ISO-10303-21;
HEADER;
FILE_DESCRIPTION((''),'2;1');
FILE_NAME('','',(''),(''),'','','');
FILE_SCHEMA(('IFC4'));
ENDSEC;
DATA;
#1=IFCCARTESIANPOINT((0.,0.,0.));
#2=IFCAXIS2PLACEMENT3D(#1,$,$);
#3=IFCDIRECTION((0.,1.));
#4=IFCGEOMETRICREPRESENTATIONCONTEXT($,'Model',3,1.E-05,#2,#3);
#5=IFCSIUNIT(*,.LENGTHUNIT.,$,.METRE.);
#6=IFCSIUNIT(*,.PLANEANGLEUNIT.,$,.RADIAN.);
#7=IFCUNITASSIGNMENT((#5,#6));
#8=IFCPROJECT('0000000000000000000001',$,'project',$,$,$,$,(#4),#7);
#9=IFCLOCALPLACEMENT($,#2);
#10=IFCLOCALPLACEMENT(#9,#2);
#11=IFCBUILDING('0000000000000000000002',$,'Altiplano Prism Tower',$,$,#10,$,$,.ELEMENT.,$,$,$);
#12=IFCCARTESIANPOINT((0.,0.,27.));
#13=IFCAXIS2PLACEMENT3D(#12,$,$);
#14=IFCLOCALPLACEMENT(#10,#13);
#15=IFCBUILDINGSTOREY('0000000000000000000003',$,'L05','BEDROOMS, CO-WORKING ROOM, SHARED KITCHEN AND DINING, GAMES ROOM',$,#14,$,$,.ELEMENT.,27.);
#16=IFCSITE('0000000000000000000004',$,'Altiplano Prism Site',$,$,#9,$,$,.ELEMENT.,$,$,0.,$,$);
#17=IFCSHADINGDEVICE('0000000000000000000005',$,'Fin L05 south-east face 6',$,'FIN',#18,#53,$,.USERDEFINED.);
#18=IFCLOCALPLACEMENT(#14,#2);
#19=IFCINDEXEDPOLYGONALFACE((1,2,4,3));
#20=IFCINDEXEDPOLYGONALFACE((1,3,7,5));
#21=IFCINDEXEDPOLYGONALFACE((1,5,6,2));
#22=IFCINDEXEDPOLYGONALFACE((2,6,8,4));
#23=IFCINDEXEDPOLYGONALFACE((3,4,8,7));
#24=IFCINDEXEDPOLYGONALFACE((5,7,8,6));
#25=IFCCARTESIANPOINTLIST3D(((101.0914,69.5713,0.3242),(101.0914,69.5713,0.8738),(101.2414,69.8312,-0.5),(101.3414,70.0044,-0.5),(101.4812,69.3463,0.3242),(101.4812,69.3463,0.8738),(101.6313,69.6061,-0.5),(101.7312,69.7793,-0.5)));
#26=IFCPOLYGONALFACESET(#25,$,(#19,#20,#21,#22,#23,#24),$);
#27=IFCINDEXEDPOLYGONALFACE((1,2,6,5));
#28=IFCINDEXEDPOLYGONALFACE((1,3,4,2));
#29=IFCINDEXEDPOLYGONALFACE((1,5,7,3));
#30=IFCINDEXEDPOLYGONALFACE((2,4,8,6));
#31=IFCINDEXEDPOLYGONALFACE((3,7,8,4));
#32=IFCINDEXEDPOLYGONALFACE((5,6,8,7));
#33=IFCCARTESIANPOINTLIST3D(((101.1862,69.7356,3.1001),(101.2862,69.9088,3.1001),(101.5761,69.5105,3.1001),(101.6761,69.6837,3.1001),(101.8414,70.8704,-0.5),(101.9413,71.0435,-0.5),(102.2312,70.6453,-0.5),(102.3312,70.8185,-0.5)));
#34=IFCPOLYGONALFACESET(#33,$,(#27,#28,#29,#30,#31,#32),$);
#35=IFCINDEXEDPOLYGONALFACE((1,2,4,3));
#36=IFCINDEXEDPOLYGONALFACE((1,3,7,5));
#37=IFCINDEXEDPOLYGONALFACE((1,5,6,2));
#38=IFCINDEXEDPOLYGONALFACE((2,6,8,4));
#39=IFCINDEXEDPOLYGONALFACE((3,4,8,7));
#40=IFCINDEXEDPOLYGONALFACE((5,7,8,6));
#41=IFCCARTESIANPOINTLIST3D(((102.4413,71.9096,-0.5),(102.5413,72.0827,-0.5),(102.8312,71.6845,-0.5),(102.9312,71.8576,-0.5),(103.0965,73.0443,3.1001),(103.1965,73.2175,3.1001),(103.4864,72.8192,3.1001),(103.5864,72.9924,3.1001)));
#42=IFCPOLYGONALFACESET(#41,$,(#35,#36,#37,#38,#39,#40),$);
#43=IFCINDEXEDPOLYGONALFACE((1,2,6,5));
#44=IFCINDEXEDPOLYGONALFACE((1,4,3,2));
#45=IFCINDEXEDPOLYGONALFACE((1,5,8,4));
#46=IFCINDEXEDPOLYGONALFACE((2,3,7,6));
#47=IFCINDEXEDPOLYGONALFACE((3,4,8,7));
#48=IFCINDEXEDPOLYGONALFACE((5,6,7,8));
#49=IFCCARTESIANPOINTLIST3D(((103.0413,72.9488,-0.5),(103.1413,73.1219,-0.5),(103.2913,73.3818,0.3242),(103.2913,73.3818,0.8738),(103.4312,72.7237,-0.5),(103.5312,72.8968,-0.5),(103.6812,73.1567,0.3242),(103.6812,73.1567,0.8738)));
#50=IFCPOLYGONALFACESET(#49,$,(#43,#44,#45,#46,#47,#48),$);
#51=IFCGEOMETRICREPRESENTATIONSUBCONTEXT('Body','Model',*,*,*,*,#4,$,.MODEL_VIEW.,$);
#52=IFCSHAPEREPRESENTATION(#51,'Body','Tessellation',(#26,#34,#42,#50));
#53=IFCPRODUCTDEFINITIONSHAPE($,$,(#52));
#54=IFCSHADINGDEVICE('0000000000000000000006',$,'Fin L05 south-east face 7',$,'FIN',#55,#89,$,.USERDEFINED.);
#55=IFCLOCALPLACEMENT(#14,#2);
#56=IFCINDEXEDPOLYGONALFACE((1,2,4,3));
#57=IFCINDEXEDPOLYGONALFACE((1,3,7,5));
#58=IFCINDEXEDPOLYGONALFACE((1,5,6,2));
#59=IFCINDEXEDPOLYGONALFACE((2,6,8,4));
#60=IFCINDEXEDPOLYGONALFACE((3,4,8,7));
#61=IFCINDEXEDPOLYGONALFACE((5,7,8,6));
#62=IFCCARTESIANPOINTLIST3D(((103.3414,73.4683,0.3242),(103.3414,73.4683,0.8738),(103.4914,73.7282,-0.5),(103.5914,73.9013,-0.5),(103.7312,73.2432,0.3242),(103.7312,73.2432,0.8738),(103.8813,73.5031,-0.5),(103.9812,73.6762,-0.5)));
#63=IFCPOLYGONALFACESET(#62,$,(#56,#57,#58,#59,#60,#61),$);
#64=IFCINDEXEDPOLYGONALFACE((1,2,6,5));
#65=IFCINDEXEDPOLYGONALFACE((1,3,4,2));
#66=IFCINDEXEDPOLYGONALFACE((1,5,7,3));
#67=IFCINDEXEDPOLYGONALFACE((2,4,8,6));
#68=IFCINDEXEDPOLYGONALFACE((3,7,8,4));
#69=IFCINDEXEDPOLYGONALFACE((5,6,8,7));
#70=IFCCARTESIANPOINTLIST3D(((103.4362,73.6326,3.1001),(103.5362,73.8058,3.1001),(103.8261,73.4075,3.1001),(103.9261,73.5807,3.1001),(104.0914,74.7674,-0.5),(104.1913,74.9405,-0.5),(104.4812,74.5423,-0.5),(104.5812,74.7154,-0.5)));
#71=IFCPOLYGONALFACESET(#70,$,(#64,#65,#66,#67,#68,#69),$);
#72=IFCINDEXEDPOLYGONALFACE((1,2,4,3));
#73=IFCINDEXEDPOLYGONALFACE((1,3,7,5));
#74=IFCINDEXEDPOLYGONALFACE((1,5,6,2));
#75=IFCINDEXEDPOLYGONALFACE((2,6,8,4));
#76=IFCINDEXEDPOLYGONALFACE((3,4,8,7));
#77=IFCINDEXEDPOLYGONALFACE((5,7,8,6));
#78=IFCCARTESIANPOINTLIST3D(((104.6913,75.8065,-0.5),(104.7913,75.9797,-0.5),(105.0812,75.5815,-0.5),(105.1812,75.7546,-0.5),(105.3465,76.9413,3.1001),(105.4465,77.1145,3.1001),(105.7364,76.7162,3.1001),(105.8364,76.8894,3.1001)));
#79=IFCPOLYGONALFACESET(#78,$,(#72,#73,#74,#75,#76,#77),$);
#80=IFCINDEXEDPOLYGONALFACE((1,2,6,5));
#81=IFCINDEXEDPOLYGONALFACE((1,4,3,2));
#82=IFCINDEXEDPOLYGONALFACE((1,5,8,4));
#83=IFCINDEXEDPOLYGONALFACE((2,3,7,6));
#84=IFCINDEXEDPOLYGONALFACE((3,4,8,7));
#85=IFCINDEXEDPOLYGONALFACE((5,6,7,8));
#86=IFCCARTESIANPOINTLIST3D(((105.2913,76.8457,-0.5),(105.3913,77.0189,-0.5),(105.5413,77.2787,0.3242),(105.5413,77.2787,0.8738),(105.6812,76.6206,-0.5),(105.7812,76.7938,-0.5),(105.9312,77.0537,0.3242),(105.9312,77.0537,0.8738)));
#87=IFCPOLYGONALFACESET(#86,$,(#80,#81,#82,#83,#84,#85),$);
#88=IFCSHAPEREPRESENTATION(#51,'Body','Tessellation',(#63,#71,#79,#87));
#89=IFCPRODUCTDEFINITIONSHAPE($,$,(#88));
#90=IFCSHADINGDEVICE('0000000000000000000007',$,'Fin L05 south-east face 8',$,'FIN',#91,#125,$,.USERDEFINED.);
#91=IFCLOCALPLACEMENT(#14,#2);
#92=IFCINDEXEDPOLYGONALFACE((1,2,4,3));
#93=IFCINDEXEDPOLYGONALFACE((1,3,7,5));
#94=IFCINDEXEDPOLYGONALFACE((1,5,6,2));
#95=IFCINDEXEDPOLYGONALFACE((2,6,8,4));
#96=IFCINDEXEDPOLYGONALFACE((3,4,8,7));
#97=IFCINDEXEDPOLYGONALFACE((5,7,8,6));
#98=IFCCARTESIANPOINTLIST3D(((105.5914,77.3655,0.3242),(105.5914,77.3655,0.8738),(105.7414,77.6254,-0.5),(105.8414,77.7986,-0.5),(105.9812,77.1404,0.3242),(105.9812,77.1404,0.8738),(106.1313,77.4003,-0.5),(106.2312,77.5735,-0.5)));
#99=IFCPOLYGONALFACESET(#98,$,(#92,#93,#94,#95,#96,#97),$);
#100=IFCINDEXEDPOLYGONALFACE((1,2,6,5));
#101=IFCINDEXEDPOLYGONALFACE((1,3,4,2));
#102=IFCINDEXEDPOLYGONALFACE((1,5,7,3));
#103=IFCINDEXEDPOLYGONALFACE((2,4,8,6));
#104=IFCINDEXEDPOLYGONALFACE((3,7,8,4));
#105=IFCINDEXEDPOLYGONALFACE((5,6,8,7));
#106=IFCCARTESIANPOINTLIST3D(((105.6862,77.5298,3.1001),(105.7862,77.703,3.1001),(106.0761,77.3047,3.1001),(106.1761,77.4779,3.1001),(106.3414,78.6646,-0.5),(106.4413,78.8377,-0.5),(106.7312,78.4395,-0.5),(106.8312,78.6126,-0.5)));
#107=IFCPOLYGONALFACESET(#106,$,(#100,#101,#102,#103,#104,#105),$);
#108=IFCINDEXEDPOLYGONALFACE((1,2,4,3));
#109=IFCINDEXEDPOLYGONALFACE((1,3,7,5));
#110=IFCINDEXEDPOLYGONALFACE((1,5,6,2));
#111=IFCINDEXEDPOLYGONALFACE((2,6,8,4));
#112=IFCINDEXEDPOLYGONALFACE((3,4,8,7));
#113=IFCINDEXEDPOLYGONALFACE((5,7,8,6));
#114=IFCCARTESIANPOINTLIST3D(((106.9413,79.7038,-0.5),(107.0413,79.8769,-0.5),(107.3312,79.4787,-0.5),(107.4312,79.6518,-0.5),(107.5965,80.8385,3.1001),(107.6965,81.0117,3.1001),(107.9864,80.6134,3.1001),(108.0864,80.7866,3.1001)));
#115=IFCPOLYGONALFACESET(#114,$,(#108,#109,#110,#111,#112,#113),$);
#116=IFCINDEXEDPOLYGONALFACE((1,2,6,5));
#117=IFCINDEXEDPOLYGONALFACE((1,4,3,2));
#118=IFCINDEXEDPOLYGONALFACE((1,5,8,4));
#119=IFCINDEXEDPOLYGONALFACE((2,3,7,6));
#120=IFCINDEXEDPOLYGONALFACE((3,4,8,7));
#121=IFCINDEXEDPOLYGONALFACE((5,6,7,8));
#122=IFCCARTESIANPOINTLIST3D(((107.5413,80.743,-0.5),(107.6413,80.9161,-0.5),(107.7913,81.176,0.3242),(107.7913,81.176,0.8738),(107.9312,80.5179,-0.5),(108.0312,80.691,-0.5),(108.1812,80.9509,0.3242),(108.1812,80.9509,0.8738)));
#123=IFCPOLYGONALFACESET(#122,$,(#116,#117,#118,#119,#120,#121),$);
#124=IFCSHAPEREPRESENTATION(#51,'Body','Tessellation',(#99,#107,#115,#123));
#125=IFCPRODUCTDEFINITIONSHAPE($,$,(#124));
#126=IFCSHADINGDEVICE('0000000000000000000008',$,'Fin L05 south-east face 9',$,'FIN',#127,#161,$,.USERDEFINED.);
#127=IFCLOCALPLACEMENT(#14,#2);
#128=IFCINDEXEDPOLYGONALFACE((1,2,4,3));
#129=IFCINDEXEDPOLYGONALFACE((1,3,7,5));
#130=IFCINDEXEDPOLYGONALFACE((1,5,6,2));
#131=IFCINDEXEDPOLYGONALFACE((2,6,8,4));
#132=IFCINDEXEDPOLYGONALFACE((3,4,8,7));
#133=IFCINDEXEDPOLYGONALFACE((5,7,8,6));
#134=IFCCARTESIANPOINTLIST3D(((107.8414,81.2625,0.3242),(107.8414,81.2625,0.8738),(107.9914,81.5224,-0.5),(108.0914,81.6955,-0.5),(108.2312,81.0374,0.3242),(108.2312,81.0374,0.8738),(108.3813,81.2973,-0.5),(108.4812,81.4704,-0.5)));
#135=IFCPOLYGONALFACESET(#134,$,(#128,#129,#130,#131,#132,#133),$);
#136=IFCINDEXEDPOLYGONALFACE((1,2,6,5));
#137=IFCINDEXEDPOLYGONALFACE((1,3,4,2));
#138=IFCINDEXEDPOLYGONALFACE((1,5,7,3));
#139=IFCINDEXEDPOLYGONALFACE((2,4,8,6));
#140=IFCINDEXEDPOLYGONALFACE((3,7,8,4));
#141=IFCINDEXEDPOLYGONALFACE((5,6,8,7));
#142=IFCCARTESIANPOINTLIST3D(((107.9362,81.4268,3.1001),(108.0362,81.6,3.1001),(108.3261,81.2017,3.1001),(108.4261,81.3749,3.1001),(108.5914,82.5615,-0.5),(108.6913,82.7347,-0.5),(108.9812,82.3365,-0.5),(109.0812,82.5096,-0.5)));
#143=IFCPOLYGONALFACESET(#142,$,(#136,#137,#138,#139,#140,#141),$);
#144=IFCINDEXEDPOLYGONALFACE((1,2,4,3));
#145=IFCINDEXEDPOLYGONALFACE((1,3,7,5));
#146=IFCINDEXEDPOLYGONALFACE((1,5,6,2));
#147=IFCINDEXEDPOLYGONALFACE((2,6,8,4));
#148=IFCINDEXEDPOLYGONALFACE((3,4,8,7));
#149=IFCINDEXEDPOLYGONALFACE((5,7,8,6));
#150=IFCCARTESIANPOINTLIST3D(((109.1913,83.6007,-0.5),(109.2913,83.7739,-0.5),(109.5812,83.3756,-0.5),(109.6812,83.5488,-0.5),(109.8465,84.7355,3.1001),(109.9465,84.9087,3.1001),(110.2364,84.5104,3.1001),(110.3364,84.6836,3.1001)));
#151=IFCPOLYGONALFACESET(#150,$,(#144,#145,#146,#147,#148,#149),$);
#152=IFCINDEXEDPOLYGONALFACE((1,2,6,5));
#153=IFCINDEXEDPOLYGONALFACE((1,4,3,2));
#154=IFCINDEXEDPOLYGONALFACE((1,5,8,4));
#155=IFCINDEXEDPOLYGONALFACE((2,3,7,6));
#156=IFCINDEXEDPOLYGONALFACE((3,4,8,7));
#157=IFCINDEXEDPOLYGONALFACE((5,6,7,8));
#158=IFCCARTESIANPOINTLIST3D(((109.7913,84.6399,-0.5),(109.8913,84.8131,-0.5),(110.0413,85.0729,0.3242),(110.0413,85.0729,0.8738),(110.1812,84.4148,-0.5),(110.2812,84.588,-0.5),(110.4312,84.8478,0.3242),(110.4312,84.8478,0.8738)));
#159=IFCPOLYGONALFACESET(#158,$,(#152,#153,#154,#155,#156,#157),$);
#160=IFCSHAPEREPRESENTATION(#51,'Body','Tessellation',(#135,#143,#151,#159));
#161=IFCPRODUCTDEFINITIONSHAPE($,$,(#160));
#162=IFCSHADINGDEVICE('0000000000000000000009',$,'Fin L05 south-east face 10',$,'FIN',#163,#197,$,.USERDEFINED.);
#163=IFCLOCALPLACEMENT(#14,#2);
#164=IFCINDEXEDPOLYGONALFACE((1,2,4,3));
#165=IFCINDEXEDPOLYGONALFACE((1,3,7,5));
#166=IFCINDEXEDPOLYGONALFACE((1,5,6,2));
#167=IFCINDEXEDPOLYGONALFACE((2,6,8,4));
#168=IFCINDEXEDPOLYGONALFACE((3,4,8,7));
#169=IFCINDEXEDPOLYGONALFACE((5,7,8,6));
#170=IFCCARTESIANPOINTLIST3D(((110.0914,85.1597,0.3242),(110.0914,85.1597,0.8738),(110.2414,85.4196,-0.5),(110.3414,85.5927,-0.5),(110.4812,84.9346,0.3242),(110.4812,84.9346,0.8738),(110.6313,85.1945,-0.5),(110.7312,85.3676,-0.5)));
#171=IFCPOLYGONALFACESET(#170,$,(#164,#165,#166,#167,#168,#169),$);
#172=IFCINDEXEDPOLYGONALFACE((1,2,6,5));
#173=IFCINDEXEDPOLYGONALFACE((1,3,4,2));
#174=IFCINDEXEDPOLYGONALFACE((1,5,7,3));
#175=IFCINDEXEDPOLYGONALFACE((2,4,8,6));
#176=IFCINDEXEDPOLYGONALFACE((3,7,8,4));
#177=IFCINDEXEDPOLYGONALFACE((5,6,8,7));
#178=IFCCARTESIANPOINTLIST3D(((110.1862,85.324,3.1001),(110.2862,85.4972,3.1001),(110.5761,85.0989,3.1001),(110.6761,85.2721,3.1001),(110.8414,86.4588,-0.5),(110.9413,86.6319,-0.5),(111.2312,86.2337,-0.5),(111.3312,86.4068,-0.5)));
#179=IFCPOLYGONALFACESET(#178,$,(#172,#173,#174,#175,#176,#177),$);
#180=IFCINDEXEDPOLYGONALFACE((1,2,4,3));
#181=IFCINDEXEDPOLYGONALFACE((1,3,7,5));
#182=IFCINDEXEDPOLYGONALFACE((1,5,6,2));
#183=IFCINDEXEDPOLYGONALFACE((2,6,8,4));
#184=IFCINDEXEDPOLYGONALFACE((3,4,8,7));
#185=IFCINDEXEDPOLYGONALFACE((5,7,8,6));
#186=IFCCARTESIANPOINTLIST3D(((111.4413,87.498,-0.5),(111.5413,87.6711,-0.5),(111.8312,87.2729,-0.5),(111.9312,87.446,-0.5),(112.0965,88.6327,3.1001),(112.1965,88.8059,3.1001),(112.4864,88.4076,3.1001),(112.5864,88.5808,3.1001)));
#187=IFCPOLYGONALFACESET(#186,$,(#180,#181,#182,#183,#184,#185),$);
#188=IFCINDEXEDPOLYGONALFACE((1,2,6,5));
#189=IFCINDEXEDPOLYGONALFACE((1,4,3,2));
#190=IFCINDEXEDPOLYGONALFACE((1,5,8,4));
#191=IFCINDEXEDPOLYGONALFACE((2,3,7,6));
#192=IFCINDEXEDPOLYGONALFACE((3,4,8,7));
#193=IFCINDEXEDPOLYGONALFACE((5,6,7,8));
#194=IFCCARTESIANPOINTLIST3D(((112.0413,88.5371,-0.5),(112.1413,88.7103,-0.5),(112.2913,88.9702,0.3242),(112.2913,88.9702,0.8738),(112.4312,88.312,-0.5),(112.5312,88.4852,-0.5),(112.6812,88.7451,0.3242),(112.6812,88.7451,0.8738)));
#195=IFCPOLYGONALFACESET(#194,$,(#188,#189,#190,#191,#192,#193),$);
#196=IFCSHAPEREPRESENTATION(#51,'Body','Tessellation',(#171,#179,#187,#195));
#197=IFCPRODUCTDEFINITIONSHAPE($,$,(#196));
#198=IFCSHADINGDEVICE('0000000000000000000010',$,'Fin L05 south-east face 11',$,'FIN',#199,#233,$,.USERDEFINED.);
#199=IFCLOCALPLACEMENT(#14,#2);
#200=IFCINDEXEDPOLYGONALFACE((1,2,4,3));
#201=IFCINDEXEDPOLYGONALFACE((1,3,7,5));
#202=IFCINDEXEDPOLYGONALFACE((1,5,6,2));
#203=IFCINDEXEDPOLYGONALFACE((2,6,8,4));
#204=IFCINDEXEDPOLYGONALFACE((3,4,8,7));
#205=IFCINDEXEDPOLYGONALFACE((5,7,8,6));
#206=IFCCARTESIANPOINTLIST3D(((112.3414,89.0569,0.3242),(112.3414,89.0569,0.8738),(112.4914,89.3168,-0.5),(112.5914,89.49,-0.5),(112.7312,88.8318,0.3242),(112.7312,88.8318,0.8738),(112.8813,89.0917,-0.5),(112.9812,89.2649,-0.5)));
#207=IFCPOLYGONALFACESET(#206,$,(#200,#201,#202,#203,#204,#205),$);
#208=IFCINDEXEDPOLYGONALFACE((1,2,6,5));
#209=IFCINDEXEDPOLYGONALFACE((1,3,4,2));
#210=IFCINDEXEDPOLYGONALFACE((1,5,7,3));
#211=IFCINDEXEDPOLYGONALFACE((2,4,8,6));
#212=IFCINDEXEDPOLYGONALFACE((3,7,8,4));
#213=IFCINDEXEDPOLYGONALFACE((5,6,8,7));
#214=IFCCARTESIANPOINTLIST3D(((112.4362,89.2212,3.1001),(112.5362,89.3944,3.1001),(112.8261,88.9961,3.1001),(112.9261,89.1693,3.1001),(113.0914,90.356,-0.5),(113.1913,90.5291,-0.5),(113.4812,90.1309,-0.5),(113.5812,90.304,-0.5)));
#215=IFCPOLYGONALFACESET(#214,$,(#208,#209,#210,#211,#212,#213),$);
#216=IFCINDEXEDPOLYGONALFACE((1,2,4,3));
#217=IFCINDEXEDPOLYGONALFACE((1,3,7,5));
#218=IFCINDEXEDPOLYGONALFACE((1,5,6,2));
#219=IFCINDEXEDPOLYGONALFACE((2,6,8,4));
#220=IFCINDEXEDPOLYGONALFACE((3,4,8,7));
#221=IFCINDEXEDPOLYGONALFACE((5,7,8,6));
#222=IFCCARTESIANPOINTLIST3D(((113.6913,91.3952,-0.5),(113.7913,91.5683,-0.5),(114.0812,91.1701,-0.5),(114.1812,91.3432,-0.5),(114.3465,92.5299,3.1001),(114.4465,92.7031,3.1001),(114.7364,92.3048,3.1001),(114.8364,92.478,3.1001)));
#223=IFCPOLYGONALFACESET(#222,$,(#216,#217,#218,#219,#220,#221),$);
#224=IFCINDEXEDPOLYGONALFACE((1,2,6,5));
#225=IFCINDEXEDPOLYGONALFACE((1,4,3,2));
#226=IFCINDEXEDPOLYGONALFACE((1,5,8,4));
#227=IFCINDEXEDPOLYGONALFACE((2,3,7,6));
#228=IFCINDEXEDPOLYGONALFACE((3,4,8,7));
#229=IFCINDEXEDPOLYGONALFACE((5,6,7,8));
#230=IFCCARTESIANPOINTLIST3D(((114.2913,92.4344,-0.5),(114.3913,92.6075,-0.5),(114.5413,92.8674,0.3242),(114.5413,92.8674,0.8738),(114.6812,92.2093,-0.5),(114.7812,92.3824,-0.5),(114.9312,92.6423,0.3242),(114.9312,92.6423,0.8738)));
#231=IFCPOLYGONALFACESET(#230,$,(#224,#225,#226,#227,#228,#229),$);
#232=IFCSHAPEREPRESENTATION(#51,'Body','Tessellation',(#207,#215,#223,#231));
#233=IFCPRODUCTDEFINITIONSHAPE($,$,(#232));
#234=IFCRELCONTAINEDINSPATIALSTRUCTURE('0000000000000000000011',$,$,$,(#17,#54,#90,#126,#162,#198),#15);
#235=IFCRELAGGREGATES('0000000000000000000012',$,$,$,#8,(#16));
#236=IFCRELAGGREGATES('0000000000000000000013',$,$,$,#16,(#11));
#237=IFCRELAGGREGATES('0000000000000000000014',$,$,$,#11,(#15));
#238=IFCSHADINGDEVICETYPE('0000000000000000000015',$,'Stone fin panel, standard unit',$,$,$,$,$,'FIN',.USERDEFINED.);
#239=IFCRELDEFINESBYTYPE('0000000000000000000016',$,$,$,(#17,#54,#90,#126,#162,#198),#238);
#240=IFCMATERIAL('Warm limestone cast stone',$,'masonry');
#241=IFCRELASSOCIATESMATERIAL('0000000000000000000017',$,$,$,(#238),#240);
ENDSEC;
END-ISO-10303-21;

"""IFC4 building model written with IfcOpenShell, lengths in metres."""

from ifc_helpers import new_model, si_unit, direction, frame, origin, place, context, subcontext, project, spatial, polyline, outline, extrude, source, transform, mapped, material, type_object, element, save


model = new_model("IFC4")

# Units and contexts
model_context = context("Model", 3, precision=1e-05, world=origin(), true_north=direction((0.0, 1.0)))
body_context = subcontext(model_context, "Body", "Model", "MODEL_VIEW")
ifc_project = project(units=[si_unit("LENGTHUNIT", "METRE"), si_unit("PLANEANGLEUNIT", "RADIAN")], contexts=[model_context])

# Site, building, storey
site_placement = place(None, origin())
site = spatial("IfcSite", under=ifc_project, at=site_placement, Name="Altiplano Prism Site", CompositionType="ELEMENT", RefElevation=0.0)
building_placement = place(site_placement, origin())
building = spatial("IfcBuilding", under=site, at=building_placement, Name="Altiplano Prism Tower", CompositionType="ELEMENT")
storey_placement = place(building_placement, frame((0.0, 0.0, 27.0)))
storey = spatial("IfcBuildingStorey", under=building, at=storey_placement, Name="L05", Description="BEDROOMS, CO-WORKING ROOM, SHARED KITCHEN AND DINING, GAMES ROOM", CompositionType="ELEMENT", Elevation=27.0)

# Shading devices
ifc_material_1 = material(Name="Warm limestone cast stone", Category="masonry")
shading_device_type_1 = type_object("IfcShadingDeviceType", Name="Stone fin panel, standard unit", ElementType="FIN", PredefinedType="USERDEFINED", material=ifc_material_1)
shared_shape_1 = source(origin(), body_context, "Body", "SweptSolid", [
    extrude(outline(polyline([(-2.2, 1.3738), (-2.2, 0.8242), (-1.8999, 0.0), (-1.7, 0.0), (-2.2, 1.3738)])), frame((0.0, -0.1499, 0.0), z_axis=(0.0, -1.0, 0.0), x_axis=(1.0, 0.0, 0.0)), (0.0, 0.0, 1.0), 0.4502),
    extrude(outline(polyline([(-2.0103, 3.6001), (-0.7, 0.0), (-0.5, 0.0), (-1.8103, 3.6001), (-2.0103, 3.6001)])), frame((0.0, -0.1499, 0.0), z_axis=(0.0, -1.0, 0.0), x_axis=(1.0, 0.0, 0.0)), (0.0, 0.0, 1.0), 0.4502),
    extrude(outline(polyline([(1.8103, 3.6001), (0.5, 0.0), (0.7, 0.0), (2.0103, 3.6001), (1.8103, 3.6001)])), frame((0.0, -0.1499, 0.0), z_axis=(0.0, -1.0, 0.0), x_axis=(1.0, 0.0, 0.0)), (0.0, 0.0, 1.0), 0.4502),
    extrude(outline(polyline([(2.2, 0.8242), (2.2, 1.3738), (1.7, 0.0), (1.8999, 0.0), (2.2, 0.8242)])), frame((0.0, -0.1499, 0.0), z_axis=(0.0, -1.0, 0.0), x_axis=(1.0, 0.0, 0.0)), (0.0, 0.0, 1.0), 0.4502),
])
shading_device_1_placement = place(storey_placement, origin())
element("IfcShadingDevice", 1, at=shading_device_1_placement, inside=storey, type_object=shading_device_type_1, Name="Fin L05 south-east face 6", ObjectType="FIN", PredefinedType="USERDEFINED", context=body_context, shape_type="MappedRepresentation", body=[
    mapped(shared_shape_1, transform((102.0615, 71.5515, -0.5), x_axis=(0.5, 0.866025, 0.0), y_axis=(-0.866025, 0.5, 0.0), z_axis=(0.0, 0.0, 1.0))),
])
shading_device_2_placement = place(storey_placement, origin())
element("IfcShadingDevice", 2, at=shading_device_2_placement, inside=storey, type_object=shading_device_type_1, Name="Fin L05 south-east face 7", ObjectType="FIN", PredefinedType="USERDEFINED", context=body_context, shape_type="MappedRepresentation", body=[
    mapped(shared_shape_1, transform((104.3115, 75.4485, -0.5), x_axis=(0.5, 0.866025, 0.0), y_axis=(-0.866025, 0.5, 0.0), z_axis=(0.0, 0.0, 1.0))),
])
shading_device_3_placement = place(storey_placement, origin())
element("IfcShadingDevice", 3, at=shading_device_3_placement, inside=storey, type_object=shading_device_type_1, Name="Fin L05 south-east face 8", ObjectType="FIN", PredefinedType="USERDEFINED", context=body_context, shape_type="MappedRepresentation", body=[
    mapped(shared_shape_1, transform((106.5615, 79.3457, -0.5), x_axis=(0.5, 0.866025, 0.0), y_axis=(-0.866025, 0.5, 0.0), z_axis=(0.0, 0.0, 1.0))),
])
shading_device_4_placement = place(storey_placement, origin())
element("IfcShadingDevice", 4, at=shading_device_4_placement, inside=storey, type_object=shading_device_type_1, Name="Fin L05 south-east face 9", ObjectType="FIN", PredefinedType="USERDEFINED", context=body_context, shape_type="MappedRepresentation", body=[
    mapped(shared_shape_1, transform((108.8115, 83.2427, -0.5), x_axis=(0.5, 0.866025, 0.0), y_axis=(-0.866025, 0.5, 0.0), z_axis=(0.0, 0.0, 1.0))),
])
shading_device_5_placement = place(storey_placement, origin())
element("IfcShadingDevice", 5, at=shading_device_5_placement, inside=storey, type_object=shading_device_type_1, Name="Fin L05 south-east face 10", ObjectType="FIN", PredefinedType="USERDEFINED", context=body_context, shape_type="MappedRepresentation", body=[
    mapped(shared_shape_1, transform((111.0615, 87.1399, -0.5), x_axis=(0.5, 0.866025, 0.0), y_axis=(-0.866025, 0.5, 0.0), z_axis=(0.0, 0.0, 1.0))),
])
shading_device_6_placement = place(storey_placement, origin())
element("IfcShadingDevice", 6, at=shading_device_6_placement, inside=storey, type_object=shading_device_type_1, Name="Fin L05 south-east face 11", ObjectType="FIN", PredefinedType="USERDEFINED", context=body_context, shape_type="MappedRepresentation", body=[
    mapped(shared_shape_1, transform((113.3115, 91.0371, -0.5), x_axis=(0.5, 0.866025, 0.0), y_axis=(-0.866025, 0.5, 0.0), z_axis=(0.0, 0.0, 1.0))),
])

save(model, "model.ifc")
